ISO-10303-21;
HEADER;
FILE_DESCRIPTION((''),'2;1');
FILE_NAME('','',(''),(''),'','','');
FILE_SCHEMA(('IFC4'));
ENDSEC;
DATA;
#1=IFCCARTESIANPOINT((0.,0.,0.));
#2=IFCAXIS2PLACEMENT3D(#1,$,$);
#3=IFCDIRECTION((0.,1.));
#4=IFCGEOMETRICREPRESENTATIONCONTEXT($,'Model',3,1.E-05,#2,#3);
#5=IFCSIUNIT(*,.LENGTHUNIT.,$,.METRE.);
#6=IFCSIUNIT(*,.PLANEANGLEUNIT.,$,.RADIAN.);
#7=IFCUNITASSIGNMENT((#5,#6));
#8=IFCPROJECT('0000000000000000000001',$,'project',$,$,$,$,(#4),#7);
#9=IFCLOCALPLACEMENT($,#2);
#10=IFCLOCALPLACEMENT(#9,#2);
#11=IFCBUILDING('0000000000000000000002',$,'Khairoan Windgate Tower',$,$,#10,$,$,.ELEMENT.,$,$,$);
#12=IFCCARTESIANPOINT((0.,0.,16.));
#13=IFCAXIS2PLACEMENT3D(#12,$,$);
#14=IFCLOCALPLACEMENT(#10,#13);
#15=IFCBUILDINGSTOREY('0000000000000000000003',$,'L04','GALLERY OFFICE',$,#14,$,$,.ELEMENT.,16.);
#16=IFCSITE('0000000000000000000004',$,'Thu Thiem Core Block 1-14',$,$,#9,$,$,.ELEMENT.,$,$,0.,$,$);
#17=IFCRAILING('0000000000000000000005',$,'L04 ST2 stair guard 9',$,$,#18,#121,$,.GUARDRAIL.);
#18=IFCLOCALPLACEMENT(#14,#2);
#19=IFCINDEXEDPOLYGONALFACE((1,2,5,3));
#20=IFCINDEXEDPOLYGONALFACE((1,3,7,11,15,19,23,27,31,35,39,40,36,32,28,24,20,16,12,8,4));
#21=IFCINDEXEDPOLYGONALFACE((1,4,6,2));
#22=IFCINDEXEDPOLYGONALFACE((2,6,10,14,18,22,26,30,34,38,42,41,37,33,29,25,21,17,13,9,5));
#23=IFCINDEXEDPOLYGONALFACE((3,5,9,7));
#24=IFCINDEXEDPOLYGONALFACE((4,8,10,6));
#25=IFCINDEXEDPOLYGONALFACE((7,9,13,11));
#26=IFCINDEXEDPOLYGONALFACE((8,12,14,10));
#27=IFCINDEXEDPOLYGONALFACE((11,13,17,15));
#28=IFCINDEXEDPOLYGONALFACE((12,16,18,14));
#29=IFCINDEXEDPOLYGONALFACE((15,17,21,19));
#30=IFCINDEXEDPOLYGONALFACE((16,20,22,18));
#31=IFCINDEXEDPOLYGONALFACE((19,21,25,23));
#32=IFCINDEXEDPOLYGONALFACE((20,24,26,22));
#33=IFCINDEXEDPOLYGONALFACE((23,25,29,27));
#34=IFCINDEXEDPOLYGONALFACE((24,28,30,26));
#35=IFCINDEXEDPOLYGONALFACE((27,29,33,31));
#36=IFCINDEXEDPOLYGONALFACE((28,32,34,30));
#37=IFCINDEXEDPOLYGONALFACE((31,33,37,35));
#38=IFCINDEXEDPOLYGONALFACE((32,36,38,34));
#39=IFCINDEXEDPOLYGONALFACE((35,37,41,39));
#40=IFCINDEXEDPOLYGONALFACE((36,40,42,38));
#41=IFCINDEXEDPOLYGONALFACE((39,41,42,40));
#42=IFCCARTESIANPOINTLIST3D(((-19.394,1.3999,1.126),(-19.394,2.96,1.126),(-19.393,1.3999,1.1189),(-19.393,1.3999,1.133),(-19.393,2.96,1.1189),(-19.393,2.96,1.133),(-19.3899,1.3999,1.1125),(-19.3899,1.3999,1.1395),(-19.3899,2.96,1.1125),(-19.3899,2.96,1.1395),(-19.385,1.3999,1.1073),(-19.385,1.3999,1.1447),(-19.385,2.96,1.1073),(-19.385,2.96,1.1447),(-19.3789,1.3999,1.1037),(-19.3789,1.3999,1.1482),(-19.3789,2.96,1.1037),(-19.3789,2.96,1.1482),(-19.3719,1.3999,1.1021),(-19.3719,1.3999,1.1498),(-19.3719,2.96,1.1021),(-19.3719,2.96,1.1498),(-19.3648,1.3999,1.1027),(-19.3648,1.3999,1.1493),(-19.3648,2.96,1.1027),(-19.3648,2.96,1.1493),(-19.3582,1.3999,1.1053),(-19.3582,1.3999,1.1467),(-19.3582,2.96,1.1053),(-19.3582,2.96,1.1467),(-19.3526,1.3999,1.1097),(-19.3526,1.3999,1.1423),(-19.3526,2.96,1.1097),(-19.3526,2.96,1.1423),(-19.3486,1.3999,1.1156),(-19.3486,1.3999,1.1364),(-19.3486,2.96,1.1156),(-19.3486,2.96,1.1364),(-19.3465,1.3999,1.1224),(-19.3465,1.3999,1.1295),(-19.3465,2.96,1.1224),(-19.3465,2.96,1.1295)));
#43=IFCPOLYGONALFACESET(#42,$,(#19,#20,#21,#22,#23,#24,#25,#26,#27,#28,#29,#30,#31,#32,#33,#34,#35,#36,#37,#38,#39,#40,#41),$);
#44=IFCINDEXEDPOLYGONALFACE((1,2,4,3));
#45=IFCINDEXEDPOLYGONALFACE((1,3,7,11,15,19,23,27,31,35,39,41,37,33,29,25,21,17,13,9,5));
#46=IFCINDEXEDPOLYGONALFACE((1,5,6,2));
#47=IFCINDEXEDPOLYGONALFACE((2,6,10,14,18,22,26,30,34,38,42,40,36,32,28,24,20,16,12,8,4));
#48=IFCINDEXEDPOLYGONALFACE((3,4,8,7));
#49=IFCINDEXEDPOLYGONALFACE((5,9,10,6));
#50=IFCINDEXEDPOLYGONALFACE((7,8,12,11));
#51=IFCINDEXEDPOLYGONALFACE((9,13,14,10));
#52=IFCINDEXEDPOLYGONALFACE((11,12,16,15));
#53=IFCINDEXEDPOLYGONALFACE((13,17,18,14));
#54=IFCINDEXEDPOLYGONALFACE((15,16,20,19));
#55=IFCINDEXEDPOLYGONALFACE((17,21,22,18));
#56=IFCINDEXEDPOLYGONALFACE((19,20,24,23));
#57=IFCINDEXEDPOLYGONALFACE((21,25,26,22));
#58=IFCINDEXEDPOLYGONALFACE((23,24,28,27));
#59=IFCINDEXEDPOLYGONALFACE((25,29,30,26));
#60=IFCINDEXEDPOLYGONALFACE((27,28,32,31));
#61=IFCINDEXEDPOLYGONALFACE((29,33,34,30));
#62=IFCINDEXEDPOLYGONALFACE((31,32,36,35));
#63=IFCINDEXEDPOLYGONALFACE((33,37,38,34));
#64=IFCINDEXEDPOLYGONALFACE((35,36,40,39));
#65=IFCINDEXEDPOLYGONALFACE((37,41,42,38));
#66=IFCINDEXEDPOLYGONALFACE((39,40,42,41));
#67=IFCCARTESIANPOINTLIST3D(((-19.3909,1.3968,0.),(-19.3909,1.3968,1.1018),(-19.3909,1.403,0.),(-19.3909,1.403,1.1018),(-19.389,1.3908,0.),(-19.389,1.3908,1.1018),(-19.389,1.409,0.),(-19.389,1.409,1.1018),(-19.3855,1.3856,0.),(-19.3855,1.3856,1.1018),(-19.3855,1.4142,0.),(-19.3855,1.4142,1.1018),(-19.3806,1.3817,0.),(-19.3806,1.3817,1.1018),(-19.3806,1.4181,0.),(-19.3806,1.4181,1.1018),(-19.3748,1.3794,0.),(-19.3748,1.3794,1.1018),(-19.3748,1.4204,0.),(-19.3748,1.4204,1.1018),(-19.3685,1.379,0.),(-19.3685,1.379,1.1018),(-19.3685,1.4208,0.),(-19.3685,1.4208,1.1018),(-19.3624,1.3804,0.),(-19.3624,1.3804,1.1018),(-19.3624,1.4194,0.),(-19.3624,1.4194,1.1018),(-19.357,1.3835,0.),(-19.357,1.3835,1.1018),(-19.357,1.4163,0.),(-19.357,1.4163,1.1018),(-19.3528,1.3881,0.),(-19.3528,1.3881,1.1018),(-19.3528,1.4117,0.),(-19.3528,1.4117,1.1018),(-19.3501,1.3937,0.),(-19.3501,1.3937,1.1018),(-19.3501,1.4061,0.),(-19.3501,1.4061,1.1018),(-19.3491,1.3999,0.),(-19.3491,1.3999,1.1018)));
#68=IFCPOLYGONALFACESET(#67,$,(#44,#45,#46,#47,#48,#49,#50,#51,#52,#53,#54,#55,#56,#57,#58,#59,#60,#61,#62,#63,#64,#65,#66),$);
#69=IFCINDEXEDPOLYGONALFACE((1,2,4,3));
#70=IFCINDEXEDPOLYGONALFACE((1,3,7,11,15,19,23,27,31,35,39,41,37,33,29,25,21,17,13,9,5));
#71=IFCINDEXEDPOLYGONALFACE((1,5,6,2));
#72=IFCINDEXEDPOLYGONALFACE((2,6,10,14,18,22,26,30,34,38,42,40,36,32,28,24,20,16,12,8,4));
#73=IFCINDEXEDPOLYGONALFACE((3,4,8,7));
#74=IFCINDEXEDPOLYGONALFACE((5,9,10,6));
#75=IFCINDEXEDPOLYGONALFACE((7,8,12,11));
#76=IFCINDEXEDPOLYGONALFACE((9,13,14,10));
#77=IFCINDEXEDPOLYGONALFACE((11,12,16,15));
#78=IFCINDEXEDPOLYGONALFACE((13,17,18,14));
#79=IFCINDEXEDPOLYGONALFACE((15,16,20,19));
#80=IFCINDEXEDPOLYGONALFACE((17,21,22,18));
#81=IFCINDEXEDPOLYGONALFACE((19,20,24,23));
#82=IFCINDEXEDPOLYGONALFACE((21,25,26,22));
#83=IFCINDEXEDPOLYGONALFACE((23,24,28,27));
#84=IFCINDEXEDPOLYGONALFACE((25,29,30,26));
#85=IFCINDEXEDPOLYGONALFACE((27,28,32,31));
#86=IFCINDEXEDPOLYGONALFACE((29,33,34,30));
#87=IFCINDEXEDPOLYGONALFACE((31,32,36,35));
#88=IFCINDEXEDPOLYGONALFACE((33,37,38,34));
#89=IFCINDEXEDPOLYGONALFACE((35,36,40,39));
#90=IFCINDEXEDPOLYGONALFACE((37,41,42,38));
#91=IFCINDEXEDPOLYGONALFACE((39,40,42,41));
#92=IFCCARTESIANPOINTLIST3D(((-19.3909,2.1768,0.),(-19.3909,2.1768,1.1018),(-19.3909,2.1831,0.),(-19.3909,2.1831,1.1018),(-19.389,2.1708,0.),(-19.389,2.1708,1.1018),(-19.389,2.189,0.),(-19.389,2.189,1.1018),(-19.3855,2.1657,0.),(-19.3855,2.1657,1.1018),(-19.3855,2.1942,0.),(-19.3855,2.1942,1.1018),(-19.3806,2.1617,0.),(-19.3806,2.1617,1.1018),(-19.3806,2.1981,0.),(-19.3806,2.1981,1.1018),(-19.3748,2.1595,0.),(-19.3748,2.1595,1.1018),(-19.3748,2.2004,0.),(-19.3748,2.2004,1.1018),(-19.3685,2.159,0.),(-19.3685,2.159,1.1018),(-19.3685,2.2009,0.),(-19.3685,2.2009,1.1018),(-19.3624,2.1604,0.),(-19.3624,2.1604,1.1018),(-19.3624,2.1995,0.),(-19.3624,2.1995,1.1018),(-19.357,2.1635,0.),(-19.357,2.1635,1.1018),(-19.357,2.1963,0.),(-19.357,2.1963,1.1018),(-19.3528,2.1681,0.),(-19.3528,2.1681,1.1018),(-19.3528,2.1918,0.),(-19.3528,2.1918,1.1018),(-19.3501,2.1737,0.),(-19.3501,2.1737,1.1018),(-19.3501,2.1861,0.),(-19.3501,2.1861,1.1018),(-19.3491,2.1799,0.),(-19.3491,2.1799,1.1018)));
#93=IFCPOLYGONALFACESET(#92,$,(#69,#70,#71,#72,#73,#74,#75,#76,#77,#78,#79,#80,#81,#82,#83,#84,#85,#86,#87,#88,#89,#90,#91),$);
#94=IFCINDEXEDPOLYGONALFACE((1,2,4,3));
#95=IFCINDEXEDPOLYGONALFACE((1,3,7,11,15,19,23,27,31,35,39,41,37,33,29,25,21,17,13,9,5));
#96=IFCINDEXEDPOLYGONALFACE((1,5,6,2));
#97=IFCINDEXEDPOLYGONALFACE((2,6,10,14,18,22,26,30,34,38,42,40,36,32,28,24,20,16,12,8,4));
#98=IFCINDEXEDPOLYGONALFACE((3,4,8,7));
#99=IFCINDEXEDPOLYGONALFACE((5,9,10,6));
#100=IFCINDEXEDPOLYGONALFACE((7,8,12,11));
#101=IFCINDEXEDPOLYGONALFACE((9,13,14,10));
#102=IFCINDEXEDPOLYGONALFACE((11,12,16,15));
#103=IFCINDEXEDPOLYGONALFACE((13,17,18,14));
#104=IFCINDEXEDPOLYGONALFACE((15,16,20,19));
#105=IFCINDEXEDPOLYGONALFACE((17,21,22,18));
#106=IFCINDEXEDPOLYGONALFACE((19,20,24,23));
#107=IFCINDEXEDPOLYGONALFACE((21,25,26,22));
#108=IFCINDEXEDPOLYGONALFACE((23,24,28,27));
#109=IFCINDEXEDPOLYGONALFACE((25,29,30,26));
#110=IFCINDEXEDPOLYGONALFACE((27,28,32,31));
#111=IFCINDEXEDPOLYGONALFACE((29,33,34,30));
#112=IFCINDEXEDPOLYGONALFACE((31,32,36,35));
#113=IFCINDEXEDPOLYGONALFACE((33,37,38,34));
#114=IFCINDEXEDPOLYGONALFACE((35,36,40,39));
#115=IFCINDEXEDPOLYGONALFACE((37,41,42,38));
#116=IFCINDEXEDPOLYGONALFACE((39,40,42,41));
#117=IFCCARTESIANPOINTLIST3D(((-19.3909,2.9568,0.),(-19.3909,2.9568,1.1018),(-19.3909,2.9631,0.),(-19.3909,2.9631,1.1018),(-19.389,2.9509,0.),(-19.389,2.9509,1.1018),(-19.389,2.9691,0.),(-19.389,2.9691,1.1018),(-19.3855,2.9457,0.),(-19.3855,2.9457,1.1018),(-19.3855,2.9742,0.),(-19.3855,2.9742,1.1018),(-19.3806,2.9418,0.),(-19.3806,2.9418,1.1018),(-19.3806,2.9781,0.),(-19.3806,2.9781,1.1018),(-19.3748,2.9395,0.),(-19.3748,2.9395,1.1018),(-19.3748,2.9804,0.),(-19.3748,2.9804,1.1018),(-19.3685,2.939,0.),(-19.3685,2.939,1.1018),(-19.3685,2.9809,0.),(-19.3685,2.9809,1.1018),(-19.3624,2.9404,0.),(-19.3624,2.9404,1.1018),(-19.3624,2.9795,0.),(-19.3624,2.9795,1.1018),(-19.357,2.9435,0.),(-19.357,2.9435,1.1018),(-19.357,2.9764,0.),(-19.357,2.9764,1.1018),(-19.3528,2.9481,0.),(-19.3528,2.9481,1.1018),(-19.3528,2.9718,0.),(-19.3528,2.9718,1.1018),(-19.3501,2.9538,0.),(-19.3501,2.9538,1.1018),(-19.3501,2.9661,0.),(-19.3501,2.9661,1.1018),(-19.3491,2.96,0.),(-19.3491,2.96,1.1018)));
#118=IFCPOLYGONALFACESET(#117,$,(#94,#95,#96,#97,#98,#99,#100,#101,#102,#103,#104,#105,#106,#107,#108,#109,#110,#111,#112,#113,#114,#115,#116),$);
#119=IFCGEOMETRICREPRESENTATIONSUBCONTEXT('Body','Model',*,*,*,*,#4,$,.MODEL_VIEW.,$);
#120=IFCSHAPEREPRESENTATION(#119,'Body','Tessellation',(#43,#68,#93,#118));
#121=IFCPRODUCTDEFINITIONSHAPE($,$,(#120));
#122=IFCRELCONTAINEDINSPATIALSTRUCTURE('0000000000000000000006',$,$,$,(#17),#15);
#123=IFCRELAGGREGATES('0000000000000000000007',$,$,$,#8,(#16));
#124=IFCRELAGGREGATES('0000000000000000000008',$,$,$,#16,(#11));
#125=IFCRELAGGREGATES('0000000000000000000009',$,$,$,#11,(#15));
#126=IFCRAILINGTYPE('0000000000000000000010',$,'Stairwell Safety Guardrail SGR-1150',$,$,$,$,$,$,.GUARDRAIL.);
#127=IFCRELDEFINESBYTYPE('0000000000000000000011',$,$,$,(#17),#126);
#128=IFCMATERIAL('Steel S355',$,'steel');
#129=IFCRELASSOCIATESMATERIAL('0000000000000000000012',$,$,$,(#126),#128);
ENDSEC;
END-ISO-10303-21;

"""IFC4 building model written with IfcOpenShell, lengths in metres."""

from ifc_helpers import new_model, si_unit, direction, frame, origin, origin_2d, place, context, subcontext, project, spatial, circle, extrude, material, type_object, element, save


model = new_model("IFC4")

# Units and contexts
model_context = context("Model", 3, precision=1e-05, world=origin(), true_north=direction((0.0, 1.0)))
body_context = subcontext(model_context, "Body", "Model", "MODEL_VIEW")
ifc_project = project(units=[si_unit("LENGTHUNIT", "METRE"), si_unit("PLANEANGLEUNIT", "RADIAN")], contexts=[model_context])

# Site, building, storey
site_placement = place(None, origin())
site = spatial("IfcSite", under=ifc_project, at=site_placement, Name="Thu Thiem Core Block 1-14", CompositionType="ELEMENT", RefElevation=0.0)
building_placement = place(site_placement, origin())
building = spatial("IfcBuilding", under=site, at=building_placement, Name="Khairoan Windgate Tower", CompositionType="ELEMENT")
storey_placement = place(building_placement, frame((0.0, 0.0, 16.0)))
storey = spatial("IfcBuildingStorey", under=building, at=storey_placement, Name="L04", Description="GALLERY OFFICE", CompositionType="ELEMENT", Elevation=16.0)

# Railing
ifc_material_1 = material(Name="Steel S355", Category="steel")
railing_type_1 = type_object("IfcRailingType", Name="Stairwell Safety Guardrail SGR-1150", PredefinedType="GUARDRAIL", material=ifc_material_1)
railing_1_placement = place(storey_placement, frame((-19.3701, 1.3999, 0.0)))
element("IfcRailing", 1, at=railing_1_placement, inside=storey, type_object=railing_type_1, Name="L04 ST2 stair guard 9", PredefinedType="GUARDRAIL", context=body_context, shape_type="SweptSolid", body=[
    extrude(circle(Radius=0.0239, at=origin_2d()), frame((0.0, 0.0, 1.126), z_axis=(0.0, 1.0, 0.0), x_axis=(-1.0, 0.0, 0.0)), (0.0, 0.0, 1.0), 1.5601),
    extrude(circle(Radius=0.021, at=origin_2d()), origin(), (0.0, 0.0, 1.0), 1.1018),
    extrude(circle(Radius=0.021, at=origin_2d()), frame((0.0, 0.78, 0.0)), (0.0, 0.0, 1.0), 1.1018),
    extrude(circle(Radius=0.021, at=origin_2d()), frame((0.0, 1.5601, 0.0)), (0.0, 0.0, 1.0), 1.1018),
])

save(model, "model.ifc")
